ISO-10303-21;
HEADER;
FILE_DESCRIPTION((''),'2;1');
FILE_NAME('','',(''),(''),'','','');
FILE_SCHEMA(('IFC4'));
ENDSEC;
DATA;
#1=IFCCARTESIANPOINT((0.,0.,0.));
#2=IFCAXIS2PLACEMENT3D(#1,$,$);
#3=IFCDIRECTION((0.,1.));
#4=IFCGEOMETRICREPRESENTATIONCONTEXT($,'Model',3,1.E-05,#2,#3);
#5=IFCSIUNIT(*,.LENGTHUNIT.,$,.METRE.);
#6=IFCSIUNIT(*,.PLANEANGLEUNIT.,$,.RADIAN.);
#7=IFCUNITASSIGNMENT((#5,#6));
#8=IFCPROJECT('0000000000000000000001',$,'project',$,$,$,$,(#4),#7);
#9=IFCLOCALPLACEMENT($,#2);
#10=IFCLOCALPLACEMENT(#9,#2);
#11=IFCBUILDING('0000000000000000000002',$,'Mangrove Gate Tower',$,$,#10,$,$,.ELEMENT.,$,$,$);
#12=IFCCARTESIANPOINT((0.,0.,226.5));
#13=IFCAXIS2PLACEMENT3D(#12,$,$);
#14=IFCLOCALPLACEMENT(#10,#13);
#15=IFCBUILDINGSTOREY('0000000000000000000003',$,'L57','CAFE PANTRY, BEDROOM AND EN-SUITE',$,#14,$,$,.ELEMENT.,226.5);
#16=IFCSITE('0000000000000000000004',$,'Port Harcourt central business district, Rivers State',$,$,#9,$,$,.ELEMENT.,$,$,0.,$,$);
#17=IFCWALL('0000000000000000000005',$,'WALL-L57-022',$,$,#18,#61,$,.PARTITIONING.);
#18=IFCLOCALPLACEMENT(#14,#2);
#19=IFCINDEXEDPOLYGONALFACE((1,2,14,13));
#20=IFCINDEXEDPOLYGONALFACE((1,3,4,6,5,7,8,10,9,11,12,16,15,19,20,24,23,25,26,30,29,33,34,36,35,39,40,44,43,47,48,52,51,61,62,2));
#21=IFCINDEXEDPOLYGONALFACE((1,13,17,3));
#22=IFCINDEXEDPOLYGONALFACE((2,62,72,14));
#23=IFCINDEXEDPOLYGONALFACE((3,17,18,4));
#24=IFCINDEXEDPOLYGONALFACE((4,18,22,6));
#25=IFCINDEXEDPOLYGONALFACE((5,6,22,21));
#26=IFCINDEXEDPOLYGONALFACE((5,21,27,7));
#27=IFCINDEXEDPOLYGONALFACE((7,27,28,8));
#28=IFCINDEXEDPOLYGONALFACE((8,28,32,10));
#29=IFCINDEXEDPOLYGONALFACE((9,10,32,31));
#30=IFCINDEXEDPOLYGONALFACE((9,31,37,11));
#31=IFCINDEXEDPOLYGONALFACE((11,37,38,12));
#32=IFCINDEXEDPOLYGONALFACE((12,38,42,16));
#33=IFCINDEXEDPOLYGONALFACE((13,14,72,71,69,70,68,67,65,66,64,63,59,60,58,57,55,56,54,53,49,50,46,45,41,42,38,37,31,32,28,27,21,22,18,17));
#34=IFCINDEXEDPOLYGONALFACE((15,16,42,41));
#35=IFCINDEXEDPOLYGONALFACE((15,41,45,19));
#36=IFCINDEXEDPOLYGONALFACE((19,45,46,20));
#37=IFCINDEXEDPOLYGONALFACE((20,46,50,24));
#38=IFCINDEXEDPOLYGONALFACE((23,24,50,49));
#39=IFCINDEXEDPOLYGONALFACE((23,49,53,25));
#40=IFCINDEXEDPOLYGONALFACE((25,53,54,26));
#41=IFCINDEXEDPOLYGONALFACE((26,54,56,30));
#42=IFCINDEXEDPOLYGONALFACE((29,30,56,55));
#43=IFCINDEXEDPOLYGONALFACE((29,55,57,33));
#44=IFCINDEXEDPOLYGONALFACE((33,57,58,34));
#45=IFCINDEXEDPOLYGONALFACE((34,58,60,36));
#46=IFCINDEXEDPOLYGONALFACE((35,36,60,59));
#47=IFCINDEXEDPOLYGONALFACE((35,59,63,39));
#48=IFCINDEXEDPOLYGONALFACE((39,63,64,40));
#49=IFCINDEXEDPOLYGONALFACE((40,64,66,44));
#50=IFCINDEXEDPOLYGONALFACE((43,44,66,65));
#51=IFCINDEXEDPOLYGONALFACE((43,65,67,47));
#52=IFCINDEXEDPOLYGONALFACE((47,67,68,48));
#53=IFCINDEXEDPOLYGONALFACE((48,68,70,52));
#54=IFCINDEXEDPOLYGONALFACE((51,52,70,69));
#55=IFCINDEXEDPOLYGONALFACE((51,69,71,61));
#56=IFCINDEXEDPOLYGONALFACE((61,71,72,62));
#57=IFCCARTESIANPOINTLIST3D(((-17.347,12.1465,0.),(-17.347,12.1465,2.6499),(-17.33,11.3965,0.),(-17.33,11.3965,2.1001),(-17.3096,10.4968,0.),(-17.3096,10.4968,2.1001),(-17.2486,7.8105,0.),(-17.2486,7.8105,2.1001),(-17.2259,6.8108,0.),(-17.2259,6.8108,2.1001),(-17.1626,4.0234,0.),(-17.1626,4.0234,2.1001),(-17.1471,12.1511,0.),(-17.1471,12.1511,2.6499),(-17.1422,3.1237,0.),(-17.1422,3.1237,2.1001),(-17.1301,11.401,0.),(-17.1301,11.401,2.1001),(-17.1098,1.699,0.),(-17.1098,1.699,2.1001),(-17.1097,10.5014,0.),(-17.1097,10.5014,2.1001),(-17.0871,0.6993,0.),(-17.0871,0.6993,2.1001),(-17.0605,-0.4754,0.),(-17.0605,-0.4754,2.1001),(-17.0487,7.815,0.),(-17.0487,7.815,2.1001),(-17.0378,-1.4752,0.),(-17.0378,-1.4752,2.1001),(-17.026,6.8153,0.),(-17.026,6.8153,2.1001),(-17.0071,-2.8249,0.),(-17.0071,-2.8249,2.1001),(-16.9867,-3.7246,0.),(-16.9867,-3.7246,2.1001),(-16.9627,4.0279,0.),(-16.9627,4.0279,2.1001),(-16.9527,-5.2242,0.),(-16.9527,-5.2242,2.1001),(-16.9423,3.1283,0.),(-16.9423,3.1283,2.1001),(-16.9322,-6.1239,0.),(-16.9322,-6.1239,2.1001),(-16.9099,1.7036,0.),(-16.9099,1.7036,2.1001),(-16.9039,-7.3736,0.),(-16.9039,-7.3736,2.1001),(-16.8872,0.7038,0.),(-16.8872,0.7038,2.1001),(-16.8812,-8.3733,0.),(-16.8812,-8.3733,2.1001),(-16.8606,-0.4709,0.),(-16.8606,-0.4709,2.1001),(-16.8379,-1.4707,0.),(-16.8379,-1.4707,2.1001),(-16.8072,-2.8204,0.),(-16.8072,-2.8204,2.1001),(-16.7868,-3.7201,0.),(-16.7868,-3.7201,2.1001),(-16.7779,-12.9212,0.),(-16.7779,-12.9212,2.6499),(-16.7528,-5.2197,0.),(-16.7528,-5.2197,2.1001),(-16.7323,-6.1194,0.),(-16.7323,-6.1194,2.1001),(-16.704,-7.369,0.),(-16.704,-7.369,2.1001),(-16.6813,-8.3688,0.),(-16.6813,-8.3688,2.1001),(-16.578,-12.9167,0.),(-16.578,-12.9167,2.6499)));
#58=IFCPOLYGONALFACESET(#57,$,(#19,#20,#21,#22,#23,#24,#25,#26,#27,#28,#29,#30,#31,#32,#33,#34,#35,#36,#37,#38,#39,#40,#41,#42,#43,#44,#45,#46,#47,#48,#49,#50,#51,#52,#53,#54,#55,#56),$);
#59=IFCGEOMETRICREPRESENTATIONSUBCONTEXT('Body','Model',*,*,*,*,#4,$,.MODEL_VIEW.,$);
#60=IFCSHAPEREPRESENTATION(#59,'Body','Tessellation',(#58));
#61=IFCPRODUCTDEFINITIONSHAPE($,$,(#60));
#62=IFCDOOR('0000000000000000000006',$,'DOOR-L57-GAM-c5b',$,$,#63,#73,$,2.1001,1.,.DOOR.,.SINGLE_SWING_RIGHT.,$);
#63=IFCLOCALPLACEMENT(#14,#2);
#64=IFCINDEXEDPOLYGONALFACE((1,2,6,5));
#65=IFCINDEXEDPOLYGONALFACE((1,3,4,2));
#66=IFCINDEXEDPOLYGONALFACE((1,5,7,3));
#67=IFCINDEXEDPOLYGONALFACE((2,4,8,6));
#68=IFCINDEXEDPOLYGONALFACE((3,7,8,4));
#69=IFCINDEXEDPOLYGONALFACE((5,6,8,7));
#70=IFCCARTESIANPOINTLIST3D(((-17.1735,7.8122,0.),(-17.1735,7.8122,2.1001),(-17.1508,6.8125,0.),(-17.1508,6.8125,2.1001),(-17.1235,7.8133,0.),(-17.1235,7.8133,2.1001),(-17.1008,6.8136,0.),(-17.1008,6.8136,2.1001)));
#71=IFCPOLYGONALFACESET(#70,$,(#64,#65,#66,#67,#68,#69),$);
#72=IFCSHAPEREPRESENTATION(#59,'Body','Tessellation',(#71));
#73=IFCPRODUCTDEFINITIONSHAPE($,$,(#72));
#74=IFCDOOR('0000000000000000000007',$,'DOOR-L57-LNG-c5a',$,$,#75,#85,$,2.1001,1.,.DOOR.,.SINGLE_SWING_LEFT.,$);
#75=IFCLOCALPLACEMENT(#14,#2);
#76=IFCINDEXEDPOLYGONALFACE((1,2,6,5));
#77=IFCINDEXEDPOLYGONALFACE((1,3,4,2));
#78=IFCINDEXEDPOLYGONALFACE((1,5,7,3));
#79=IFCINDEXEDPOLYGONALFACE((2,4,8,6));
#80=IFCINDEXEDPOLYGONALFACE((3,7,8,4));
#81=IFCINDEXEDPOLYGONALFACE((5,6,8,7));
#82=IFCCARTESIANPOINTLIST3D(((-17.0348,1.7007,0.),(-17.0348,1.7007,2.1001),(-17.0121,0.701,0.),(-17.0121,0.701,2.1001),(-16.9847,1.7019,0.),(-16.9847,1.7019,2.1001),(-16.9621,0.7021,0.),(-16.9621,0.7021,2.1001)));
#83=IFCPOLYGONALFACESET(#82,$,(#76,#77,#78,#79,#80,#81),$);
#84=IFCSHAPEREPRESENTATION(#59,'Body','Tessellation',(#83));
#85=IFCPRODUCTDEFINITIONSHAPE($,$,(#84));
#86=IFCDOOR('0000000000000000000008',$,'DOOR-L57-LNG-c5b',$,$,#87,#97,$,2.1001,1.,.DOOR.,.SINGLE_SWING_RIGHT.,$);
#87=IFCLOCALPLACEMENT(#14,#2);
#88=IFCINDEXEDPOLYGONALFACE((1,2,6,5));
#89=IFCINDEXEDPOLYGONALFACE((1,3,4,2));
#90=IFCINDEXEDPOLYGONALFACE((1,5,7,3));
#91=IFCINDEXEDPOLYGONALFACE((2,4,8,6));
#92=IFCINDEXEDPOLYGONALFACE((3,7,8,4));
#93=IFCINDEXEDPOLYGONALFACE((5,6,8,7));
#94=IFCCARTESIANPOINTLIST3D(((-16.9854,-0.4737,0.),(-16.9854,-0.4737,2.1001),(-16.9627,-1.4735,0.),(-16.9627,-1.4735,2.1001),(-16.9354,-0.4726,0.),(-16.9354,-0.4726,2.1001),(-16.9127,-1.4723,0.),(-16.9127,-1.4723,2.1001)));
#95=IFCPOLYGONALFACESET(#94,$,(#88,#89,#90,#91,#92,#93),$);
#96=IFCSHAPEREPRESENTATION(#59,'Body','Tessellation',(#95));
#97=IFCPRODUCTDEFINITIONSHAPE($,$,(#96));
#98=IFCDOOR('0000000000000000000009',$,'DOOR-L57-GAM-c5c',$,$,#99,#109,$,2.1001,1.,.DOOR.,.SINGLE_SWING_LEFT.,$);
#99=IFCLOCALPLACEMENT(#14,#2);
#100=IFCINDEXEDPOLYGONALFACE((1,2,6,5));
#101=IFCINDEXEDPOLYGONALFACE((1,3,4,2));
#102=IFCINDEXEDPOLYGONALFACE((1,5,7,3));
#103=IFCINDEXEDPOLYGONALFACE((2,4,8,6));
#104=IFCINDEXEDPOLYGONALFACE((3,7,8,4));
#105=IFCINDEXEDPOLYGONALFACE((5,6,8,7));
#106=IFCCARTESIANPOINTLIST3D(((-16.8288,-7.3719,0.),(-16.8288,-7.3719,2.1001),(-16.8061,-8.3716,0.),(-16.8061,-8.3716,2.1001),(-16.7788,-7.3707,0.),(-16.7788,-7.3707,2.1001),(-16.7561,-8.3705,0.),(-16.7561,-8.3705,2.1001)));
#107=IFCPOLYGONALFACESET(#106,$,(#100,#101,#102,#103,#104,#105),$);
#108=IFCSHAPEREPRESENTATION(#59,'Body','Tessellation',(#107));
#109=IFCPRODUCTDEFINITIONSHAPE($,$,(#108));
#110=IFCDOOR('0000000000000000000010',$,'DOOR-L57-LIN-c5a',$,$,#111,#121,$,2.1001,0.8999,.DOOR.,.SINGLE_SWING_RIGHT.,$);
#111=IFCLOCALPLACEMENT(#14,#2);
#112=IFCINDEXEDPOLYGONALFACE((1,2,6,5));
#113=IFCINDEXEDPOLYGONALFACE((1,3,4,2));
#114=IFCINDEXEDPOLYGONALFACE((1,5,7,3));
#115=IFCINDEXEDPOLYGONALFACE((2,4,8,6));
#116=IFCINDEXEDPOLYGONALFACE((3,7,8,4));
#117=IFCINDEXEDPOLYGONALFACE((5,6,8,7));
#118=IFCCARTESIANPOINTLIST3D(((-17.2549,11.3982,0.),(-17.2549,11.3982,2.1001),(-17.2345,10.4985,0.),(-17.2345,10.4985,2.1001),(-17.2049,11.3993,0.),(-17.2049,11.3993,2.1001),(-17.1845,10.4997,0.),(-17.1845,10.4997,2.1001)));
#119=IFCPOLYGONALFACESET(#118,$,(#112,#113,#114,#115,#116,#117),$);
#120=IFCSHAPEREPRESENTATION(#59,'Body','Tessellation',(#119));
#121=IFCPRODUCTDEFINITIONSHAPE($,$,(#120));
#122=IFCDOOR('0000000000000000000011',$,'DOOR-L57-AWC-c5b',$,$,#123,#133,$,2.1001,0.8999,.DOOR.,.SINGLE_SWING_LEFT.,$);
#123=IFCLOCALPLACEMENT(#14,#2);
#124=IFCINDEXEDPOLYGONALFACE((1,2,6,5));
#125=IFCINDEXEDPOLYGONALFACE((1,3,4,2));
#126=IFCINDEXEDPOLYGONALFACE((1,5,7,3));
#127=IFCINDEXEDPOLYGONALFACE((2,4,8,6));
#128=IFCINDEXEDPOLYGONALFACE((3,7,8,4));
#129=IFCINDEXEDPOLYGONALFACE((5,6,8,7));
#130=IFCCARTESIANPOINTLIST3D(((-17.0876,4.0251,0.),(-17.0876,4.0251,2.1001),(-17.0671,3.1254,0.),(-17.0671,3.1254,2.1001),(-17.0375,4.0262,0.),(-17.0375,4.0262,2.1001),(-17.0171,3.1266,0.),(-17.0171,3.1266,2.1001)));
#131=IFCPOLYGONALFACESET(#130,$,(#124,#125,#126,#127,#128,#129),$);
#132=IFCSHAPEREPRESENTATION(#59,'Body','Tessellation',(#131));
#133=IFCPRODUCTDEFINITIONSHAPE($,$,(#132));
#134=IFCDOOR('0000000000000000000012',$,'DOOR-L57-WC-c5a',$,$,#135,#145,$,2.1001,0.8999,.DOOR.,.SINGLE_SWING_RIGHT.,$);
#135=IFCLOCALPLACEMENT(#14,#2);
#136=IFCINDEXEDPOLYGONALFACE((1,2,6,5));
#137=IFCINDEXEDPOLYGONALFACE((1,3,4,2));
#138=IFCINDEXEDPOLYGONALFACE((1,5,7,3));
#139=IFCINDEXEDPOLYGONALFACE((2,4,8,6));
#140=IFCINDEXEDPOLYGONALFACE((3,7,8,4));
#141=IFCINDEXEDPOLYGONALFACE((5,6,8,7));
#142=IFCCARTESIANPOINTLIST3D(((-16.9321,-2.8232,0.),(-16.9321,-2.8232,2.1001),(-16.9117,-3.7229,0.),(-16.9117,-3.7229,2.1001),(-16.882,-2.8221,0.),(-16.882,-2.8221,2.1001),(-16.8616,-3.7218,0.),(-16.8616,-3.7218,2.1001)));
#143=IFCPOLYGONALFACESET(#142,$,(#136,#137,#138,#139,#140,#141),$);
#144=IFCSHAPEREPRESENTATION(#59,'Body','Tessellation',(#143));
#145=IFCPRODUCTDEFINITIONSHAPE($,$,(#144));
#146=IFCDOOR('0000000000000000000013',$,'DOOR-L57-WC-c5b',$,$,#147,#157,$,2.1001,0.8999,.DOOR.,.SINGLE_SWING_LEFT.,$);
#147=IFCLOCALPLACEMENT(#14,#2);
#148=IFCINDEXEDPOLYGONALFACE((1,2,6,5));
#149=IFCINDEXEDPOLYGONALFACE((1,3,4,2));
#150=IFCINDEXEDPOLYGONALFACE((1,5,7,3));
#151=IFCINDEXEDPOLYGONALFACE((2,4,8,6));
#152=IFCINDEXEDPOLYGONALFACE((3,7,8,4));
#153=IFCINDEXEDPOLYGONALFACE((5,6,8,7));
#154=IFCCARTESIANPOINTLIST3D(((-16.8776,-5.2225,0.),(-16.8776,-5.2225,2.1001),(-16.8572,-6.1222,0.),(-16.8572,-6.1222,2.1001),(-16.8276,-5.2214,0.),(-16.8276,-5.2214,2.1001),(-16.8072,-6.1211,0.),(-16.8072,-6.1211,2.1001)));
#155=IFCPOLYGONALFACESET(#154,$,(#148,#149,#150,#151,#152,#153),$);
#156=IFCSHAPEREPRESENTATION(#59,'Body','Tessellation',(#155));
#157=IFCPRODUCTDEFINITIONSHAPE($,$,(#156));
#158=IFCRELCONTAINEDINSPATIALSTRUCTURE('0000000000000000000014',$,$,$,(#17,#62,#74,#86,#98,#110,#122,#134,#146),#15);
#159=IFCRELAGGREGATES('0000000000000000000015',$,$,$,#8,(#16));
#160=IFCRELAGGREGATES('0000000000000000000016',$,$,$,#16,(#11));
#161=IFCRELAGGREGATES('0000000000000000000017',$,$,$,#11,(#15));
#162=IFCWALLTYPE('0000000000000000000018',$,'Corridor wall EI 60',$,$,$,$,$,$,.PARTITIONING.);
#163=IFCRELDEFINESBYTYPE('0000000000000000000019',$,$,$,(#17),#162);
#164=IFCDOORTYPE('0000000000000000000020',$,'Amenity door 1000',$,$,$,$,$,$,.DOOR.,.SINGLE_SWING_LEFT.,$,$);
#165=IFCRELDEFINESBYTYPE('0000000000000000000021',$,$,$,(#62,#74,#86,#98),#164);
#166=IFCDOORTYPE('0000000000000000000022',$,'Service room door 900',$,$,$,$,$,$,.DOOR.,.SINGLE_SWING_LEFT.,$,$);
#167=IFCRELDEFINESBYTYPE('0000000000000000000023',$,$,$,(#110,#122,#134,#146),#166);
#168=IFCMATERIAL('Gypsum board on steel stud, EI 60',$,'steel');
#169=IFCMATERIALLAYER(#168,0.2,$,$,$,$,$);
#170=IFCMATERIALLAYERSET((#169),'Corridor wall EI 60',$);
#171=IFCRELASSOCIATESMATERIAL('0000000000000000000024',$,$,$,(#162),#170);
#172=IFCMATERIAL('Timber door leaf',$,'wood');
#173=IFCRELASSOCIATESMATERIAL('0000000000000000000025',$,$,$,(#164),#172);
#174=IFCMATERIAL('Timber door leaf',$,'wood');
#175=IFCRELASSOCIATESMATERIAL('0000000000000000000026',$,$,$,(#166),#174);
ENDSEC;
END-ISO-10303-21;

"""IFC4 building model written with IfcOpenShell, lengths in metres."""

from ifc_helpers import new_model, si_unit, direction, frame, frame_2d, origin, place, context, subcontext, project, spatial, rectangle, extrude, material, layer, layer_set, type_object, element, fill, save


model = new_model("IFC4")

# Units and contexts
model_context = context("Model", 3, precision=1e-05, world=origin(), true_north=direction((0.0, 1.0)))
body_context = subcontext(model_context, "Body", "Model", "MODEL_VIEW")
ifc_project = project(units=[si_unit("LENGTHUNIT", "METRE"), si_unit("PLANEANGLEUNIT", "RADIAN")], contexts=[model_context])

# Site, building, storey
site_placement = place(None, origin())
site = spatial("IfcSite", under=ifc_project, at=site_placement, Name="Port Harcourt central business district, Rivers State", CompositionType="ELEMENT", RefElevation=0.0)
building_placement = place(site_placement, origin())
building = spatial("IfcBuilding", under=site, at=building_placement, Name="Mangrove Gate Tower", CompositionType="ELEMENT")
storey_placement = place(building_placement, frame((0.0, 0.0, 226.5)))
storey = spatial("IfcBuildingStorey", under=building, at=storey_placement, Name="L57", Description="CAFE PANTRY, BEDROOM AND EN-SUITE", CompositionType="ELEMENT", Elevation=226.5)

# Wall, openings, doors
ifc_material_1 = material(Name="Gypsum board on steel stud, EI 60", Category="steel")
ifc_layer_1 = layer(ifc_material_1, 0.2)
ifc_layer_set_1 = layer_set([ifc_layer_1], Name="Corridor wall EI 60")
wall_type_1 = type_object("IfcWallType", Name="Corridor wall EI 60", PredefinedType="PARTITIONING", material=ifc_layer_set_1)
wall_1_placement = place(storey_placement, frame((-16.678, -12.9189, 0.0), z_axis=(0.0, 0.0, 1.0), x_axis=(-0.022696, 0.999742, 0.0)))
wall_1 = element("IfcWall", 1, at=wall_1_placement, inside=storey, type_object=wall_type_1, Name="WALL-L57-022", PredefinedType="PARTITIONING", context=body_context, shape_type="SweptSolid", body=[
    extrude(rectangle(XDim=25.0742, YDim=0.2, at=frame_2d((12.5371, 0.0))), origin(), (0.0, 0.0, 1.0), 2.6499),
])
opening_1_placement = place(wall_1_placement, frame((19.7371, 0.0, 0.0)))
opening_1 = element("IfcOpeningElement", 2, at=opening_1_placement, cuts=wall_1, PredefinedType="OPENING", context=body_context, shape_type="SweptSolid", body=[
    extrude(rectangle(XDim=1.0, YDim=2.1001, at=frame_2d((0.5, 1.05))), frame((0.0, 0.1099, 0.0), z_axis=(0.0, -1.0, 0.0), x_axis=(1.0, 0.0, 0.0)), (0.0, 0.0, 1.0), 0.22),
])
opening_2_placement = place(wall_1_placement, frame((23.4241, 0.0, 0.0)))
opening_2 = element("IfcOpeningElement", 3, at=opening_2_placement, cuts=wall_1, PredefinedType="OPENING", context=body_context, shape_type="SweptSolid", body=[
    extrude(rectangle(XDim=0.8999, YDim=2.1001, at=frame_2d((0.45, 1.05))), frame((0.0, 0.1099, 0.0), z_axis=(0.0, -1.0, 0.0), x_axis=(1.0, 0.0, 0.0)), (0.0, 0.0, 1.0), 0.22),
])
opening_3_placement = place(wall_1_placement, frame((13.624, 0.0, 0.0)))
opening_3 = element("IfcOpeningElement", 4, at=opening_3_placement, cuts=wall_1, PredefinedType="OPENING", context=body_context, shape_type="SweptSolid", body=[
    extrude(rectangle(XDim=1.0, YDim=2.1001, at=frame_2d((0.5, 1.05))), frame((0.0, 0.1099, 0.0), z_axis=(0.0, -1.0, 0.0), x_axis=(1.0, 0.0, 0.0)), (0.0, 0.0, 1.0), 0.22),
])
opening_4_placement = place(wall_1_placement, frame((16.0491, 0.0, 0.0)))
opening_4 = element("IfcOpeningElement", 5, at=opening_4_placement, cuts=wall_1, PredefinedType="OPENING", context=body_context, shape_type="SweptSolid", body=[
    extrude(rectangle(XDim=0.8999, YDim=2.1001, at=frame_2d((0.45, 1.05))), frame((0.0, 0.1099, 0.0), z_axis=(0.0, -1.0, 0.0), x_axis=(1.0, 0.0, 0.0)), (0.0, 0.0, 1.0), 0.22),
])
opening_5_placement = place(wall_1_placement, frame((11.449, 0.0, 0.0)))
opening_5 = element("IfcOpeningElement", 6, at=opening_5_placement, cuts=wall_1, PredefinedType="OPENING", context=body_context, shape_type="SweptSolid", body=[
    extrude(rectangle(XDim=1.0, YDim=2.1001, at=frame_2d((0.5, 1.05))), frame((0.0, 0.1099, 0.0), z_axis=(0.0, -1.0, 0.0), x_axis=(1.0, 0.0, 0.0)), (0.0, 0.0, 1.0), 0.22),
])
opening_6_placement = place(wall_1_placement, frame((9.199, 0.0, 0.0)))
opening_6 = element("IfcOpeningElement", 7, at=opening_6_placement, cuts=wall_1, PredefinedType="OPENING", context=body_context, shape_type="SweptSolid", body=[
    extrude(rectangle(XDim=0.8999, YDim=2.1001, at=frame_2d((0.45, 1.05))), frame((0.0, 0.1099, 0.0), z_axis=(0.0, -1.0, 0.0), x_axis=(1.0, 0.0, 0.0)), (0.0, 0.0, 1.0), 0.22),
])
opening_7_placement = place(wall_1_placement, frame((4.5491, 0.0, 0.0)))
opening_7 = element("IfcOpeningElement", 8, at=opening_7_placement, cuts=wall_1, PredefinedType="OPENING", context=body_context, shape_type="SweptSolid", body=[
    extrude(rectangle(XDim=1.0, YDim=2.1001, at=frame_2d((0.5, 1.05))), frame((0.0, 0.1099, 0.0), z_axis=(0.0, -1.0, 0.0), x_axis=(1.0, 0.0, 0.0)), (0.0, 0.0, 1.0), 0.22),
])
opening_8_placement = place(wall_1_placement, frame((6.7991, 0.0, 0.0)))
opening_8 = element("IfcOpeningElement", 9, at=opening_8_placement, cuts=wall_1, PredefinedType="OPENING", context=body_context, shape_type="SweptSolid", body=[
    extrude(rectangle(XDim=0.8999, YDim=2.1001, at=frame_2d((0.45, 1.05))), frame((0.0, 0.1099, 0.0), z_axis=(0.0, -1.0, 0.0), x_axis=(1.0, 0.0, 0.0)), (0.0, 0.0, 1.0), 0.22),
])
ifc_material_2 = material(Name="Timber door leaf", Category="wood")
door_type_1 = type_object("IfcDoorType", Name="Amenity door 1000", OperationType="SINGLE_SWING_LEFT", PredefinedType="DOOR", material=ifc_material_2)
door_1_placement = place(opening_1_placement, origin())
door_1 = element("IfcDoor", 10, at=door_1_placement, inside=storey, type_object=door_type_1, Name="DOOR-L57-GAM-c5b", OperationType="SINGLE_SWING_RIGHT", OverallHeight=2.1001, OverallWidth=1.0, PredefinedType="DOOR", context=body_context, shape_type="SweptSolid", body=[
    extrude(rectangle(XDim=1.0, YDim=2.1001, at=frame_2d((0.5, 1.05))), frame((0.0, 0.0249, 0.0), z_axis=(0.0, -1.0, 0.0), x_axis=(1.0, 0.0, 0.0)), (0.0, 0.0, 1.0), 0.05),
])
fill(opening_1, door_1)
door_2_placement = place(opening_3_placement, origin())
door_2 = element("IfcDoor", 11, at=door_2_placement, inside=storey, type_object=door_type_1, Name="DOOR-L57-LNG-c5a", OperationType="SINGLE_SWING_LEFT", OverallHeight=2.1001, OverallWidth=1.0, PredefinedType="DOOR", context=body_context, shape_type="SweptSolid", body=[
    extrude(rectangle(XDim=1.0, YDim=2.1001, at=frame_2d((0.5, 1.05))), frame((0.0, 0.0249, 0.0), z_axis=(0.0, -1.0, 0.0), x_axis=(1.0, 0.0, 0.0)), (0.0, 0.0, 1.0), 0.05),
])
fill(opening_3, door_2)
door_3_placement = place(opening_5_placement, origin())
door_3 = element("IfcDoor", 12, at=door_3_placement, inside=storey, type_object=door_type_1, Name="DOOR-L57-LNG-c5b", OperationType="SINGLE_SWING_RIGHT", OverallHeight=2.1001, OverallWidth=1.0, PredefinedType="DOOR", context=body_context, shape_type="SweptSolid", body=[
    extrude(rectangle(XDim=1.0, YDim=2.1001, at=frame_2d((0.5, 1.05))), frame((0.0, 0.0249, 0.0), z_axis=(0.0, -1.0, 0.0), x_axis=(1.0, 0.0, 0.0)), (0.0, 0.0, 1.0), 0.05),
])
fill(opening_5, door_3)
door_4_placement = place(opening_7_placement, origin())
door_4 = element("IfcDoor", 13, at=door_4_placement, inside=storey, type_object=door_type_1, Name="DOOR-L57-GAM-c5c", OperationType="SINGLE_SWING_LEFT", OverallHeight=2.1001, OverallWidth=1.0, PredefinedType="DOOR", context=body_context, shape_type="SweptSolid", body=[
    extrude(rectangle(XDim=1.0, YDim=2.1001, at=frame_2d((0.5, 1.05))), frame((0.0, 0.0249, 0.0), z_axis=(0.0, -1.0, 0.0), x_axis=(1.0, 0.0, 0.0)), (0.0, 0.0, 1.0), 0.05),
])
fill(opening_7, door_4)
ifc_material_3 = material(Name="Timber door leaf", Category="wood")
door_type_2 = type_object("IfcDoorType", Name="Service room door 900", OperationType="SINGLE_SWING_LEFT", PredefinedType="DOOR", material=ifc_material_3)
door_5_placement = place(opening_2_placement, origin())
door_5 = element("IfcDoor", 14, at=door_5_placement, inside=storey, type_object=door_type_2, Name="DOOR-L57-LIN-c5a", OperationType="SINGLE_SWING_RIGHT", OverallHeight=2.1001, OverallWidth=0.8999, PredefinedType="DOOR", context=body_context, shape_type="SweptSolid", body=[
    extrude(rectangle(XDim=0.8999, YDim=2.1001, at=frame_2d((0.45, 1.05))), frame((0.0, 0.0249, 0.0), z_axis=(0.0, -1.0, 0.0), x_axis=(1.0, 0.0, 0.0)), (0.0, 0.0, 1.0), 0.05),
])
fill(opening_2, door_5)
door_6_placement = place(opening_4_placement, origin())
door_6 = element("IfcDoor", 15, at=door_6_placement, inside=storey, type_object=door_type_2, Name="DOOR-L57-AWC-c5b", OperationType="SINGLE_SWING_LEFT", OverallHeight=2.1001, OverallWidth=0.8999, PredefinedType="DOOR", context=body_context, shape_type="SweptSolid", body=[
    extrude(rectangle(XDim=0.8999, YDim=2.1001, at=frame_2d((0.45, 1.05))), frame((0.0, 0.0249, 0.0), z_axis=(0.0, -1.0, 0.0), x_axis=(1.0, 0.0, 0.0)), (0.0, 0.0, 1.0), 0.05),
])
fill(opening_4, door_6)
door_7_placement = place(opening_6_placement, origin())
door_7 = element("IfcDoor", 16, at=door_7_placement, inside=storey, type_object=door_type_2, Name="DOOR-L57-WC-c5a", OperationType="SINGLE_SWING_RIGHT", OverallHeight=2.1001, OverallWidth=0.8999, PredefinedType="DOOR", context=body_context, shape_type="SweptSolid", body=[
    extrude(rectangle(XDim=0.8999, YDim=2.1001, at=frame_2d((0.45, 1.05))), frame((0.0, 0.0249, 0.0), z_axis=(0.0, -1.0, 0.0), x_axis=(1.0, 0.0, 0.0)), (0.0, 0.0, 1.0), 0.05),
])
fill(opening_6, door_7)
door_8_placement = place(opening_8_placement, origin())
door_8 = element("IfcDoor", 17, at=door_8_placement, inside=storey, type_object=door_type_2, Name="DOOR-L57-WC-c5b", OperationType="SINGLE_SWING_LEFT", OverallHeight=2.1001, OverallWidth=0.8999, PredefinedType="DOOR", context=body_context, shape_type="SweptSolid", body=[
    extrude(rectangle(XDim=0.8999, YDim=2.1001, at=frame_2d((0.45, 1.05))), frame((0.0, 0.0249, 0.0), z_axis=(0.0, -1.0, 0.0), x_axis=(1.0, 0.0, 0.0)), (0.0, 0.0, 1.0), 0.05),
])
fill(opening_8, door_8)

save(model, "model.ifc")
